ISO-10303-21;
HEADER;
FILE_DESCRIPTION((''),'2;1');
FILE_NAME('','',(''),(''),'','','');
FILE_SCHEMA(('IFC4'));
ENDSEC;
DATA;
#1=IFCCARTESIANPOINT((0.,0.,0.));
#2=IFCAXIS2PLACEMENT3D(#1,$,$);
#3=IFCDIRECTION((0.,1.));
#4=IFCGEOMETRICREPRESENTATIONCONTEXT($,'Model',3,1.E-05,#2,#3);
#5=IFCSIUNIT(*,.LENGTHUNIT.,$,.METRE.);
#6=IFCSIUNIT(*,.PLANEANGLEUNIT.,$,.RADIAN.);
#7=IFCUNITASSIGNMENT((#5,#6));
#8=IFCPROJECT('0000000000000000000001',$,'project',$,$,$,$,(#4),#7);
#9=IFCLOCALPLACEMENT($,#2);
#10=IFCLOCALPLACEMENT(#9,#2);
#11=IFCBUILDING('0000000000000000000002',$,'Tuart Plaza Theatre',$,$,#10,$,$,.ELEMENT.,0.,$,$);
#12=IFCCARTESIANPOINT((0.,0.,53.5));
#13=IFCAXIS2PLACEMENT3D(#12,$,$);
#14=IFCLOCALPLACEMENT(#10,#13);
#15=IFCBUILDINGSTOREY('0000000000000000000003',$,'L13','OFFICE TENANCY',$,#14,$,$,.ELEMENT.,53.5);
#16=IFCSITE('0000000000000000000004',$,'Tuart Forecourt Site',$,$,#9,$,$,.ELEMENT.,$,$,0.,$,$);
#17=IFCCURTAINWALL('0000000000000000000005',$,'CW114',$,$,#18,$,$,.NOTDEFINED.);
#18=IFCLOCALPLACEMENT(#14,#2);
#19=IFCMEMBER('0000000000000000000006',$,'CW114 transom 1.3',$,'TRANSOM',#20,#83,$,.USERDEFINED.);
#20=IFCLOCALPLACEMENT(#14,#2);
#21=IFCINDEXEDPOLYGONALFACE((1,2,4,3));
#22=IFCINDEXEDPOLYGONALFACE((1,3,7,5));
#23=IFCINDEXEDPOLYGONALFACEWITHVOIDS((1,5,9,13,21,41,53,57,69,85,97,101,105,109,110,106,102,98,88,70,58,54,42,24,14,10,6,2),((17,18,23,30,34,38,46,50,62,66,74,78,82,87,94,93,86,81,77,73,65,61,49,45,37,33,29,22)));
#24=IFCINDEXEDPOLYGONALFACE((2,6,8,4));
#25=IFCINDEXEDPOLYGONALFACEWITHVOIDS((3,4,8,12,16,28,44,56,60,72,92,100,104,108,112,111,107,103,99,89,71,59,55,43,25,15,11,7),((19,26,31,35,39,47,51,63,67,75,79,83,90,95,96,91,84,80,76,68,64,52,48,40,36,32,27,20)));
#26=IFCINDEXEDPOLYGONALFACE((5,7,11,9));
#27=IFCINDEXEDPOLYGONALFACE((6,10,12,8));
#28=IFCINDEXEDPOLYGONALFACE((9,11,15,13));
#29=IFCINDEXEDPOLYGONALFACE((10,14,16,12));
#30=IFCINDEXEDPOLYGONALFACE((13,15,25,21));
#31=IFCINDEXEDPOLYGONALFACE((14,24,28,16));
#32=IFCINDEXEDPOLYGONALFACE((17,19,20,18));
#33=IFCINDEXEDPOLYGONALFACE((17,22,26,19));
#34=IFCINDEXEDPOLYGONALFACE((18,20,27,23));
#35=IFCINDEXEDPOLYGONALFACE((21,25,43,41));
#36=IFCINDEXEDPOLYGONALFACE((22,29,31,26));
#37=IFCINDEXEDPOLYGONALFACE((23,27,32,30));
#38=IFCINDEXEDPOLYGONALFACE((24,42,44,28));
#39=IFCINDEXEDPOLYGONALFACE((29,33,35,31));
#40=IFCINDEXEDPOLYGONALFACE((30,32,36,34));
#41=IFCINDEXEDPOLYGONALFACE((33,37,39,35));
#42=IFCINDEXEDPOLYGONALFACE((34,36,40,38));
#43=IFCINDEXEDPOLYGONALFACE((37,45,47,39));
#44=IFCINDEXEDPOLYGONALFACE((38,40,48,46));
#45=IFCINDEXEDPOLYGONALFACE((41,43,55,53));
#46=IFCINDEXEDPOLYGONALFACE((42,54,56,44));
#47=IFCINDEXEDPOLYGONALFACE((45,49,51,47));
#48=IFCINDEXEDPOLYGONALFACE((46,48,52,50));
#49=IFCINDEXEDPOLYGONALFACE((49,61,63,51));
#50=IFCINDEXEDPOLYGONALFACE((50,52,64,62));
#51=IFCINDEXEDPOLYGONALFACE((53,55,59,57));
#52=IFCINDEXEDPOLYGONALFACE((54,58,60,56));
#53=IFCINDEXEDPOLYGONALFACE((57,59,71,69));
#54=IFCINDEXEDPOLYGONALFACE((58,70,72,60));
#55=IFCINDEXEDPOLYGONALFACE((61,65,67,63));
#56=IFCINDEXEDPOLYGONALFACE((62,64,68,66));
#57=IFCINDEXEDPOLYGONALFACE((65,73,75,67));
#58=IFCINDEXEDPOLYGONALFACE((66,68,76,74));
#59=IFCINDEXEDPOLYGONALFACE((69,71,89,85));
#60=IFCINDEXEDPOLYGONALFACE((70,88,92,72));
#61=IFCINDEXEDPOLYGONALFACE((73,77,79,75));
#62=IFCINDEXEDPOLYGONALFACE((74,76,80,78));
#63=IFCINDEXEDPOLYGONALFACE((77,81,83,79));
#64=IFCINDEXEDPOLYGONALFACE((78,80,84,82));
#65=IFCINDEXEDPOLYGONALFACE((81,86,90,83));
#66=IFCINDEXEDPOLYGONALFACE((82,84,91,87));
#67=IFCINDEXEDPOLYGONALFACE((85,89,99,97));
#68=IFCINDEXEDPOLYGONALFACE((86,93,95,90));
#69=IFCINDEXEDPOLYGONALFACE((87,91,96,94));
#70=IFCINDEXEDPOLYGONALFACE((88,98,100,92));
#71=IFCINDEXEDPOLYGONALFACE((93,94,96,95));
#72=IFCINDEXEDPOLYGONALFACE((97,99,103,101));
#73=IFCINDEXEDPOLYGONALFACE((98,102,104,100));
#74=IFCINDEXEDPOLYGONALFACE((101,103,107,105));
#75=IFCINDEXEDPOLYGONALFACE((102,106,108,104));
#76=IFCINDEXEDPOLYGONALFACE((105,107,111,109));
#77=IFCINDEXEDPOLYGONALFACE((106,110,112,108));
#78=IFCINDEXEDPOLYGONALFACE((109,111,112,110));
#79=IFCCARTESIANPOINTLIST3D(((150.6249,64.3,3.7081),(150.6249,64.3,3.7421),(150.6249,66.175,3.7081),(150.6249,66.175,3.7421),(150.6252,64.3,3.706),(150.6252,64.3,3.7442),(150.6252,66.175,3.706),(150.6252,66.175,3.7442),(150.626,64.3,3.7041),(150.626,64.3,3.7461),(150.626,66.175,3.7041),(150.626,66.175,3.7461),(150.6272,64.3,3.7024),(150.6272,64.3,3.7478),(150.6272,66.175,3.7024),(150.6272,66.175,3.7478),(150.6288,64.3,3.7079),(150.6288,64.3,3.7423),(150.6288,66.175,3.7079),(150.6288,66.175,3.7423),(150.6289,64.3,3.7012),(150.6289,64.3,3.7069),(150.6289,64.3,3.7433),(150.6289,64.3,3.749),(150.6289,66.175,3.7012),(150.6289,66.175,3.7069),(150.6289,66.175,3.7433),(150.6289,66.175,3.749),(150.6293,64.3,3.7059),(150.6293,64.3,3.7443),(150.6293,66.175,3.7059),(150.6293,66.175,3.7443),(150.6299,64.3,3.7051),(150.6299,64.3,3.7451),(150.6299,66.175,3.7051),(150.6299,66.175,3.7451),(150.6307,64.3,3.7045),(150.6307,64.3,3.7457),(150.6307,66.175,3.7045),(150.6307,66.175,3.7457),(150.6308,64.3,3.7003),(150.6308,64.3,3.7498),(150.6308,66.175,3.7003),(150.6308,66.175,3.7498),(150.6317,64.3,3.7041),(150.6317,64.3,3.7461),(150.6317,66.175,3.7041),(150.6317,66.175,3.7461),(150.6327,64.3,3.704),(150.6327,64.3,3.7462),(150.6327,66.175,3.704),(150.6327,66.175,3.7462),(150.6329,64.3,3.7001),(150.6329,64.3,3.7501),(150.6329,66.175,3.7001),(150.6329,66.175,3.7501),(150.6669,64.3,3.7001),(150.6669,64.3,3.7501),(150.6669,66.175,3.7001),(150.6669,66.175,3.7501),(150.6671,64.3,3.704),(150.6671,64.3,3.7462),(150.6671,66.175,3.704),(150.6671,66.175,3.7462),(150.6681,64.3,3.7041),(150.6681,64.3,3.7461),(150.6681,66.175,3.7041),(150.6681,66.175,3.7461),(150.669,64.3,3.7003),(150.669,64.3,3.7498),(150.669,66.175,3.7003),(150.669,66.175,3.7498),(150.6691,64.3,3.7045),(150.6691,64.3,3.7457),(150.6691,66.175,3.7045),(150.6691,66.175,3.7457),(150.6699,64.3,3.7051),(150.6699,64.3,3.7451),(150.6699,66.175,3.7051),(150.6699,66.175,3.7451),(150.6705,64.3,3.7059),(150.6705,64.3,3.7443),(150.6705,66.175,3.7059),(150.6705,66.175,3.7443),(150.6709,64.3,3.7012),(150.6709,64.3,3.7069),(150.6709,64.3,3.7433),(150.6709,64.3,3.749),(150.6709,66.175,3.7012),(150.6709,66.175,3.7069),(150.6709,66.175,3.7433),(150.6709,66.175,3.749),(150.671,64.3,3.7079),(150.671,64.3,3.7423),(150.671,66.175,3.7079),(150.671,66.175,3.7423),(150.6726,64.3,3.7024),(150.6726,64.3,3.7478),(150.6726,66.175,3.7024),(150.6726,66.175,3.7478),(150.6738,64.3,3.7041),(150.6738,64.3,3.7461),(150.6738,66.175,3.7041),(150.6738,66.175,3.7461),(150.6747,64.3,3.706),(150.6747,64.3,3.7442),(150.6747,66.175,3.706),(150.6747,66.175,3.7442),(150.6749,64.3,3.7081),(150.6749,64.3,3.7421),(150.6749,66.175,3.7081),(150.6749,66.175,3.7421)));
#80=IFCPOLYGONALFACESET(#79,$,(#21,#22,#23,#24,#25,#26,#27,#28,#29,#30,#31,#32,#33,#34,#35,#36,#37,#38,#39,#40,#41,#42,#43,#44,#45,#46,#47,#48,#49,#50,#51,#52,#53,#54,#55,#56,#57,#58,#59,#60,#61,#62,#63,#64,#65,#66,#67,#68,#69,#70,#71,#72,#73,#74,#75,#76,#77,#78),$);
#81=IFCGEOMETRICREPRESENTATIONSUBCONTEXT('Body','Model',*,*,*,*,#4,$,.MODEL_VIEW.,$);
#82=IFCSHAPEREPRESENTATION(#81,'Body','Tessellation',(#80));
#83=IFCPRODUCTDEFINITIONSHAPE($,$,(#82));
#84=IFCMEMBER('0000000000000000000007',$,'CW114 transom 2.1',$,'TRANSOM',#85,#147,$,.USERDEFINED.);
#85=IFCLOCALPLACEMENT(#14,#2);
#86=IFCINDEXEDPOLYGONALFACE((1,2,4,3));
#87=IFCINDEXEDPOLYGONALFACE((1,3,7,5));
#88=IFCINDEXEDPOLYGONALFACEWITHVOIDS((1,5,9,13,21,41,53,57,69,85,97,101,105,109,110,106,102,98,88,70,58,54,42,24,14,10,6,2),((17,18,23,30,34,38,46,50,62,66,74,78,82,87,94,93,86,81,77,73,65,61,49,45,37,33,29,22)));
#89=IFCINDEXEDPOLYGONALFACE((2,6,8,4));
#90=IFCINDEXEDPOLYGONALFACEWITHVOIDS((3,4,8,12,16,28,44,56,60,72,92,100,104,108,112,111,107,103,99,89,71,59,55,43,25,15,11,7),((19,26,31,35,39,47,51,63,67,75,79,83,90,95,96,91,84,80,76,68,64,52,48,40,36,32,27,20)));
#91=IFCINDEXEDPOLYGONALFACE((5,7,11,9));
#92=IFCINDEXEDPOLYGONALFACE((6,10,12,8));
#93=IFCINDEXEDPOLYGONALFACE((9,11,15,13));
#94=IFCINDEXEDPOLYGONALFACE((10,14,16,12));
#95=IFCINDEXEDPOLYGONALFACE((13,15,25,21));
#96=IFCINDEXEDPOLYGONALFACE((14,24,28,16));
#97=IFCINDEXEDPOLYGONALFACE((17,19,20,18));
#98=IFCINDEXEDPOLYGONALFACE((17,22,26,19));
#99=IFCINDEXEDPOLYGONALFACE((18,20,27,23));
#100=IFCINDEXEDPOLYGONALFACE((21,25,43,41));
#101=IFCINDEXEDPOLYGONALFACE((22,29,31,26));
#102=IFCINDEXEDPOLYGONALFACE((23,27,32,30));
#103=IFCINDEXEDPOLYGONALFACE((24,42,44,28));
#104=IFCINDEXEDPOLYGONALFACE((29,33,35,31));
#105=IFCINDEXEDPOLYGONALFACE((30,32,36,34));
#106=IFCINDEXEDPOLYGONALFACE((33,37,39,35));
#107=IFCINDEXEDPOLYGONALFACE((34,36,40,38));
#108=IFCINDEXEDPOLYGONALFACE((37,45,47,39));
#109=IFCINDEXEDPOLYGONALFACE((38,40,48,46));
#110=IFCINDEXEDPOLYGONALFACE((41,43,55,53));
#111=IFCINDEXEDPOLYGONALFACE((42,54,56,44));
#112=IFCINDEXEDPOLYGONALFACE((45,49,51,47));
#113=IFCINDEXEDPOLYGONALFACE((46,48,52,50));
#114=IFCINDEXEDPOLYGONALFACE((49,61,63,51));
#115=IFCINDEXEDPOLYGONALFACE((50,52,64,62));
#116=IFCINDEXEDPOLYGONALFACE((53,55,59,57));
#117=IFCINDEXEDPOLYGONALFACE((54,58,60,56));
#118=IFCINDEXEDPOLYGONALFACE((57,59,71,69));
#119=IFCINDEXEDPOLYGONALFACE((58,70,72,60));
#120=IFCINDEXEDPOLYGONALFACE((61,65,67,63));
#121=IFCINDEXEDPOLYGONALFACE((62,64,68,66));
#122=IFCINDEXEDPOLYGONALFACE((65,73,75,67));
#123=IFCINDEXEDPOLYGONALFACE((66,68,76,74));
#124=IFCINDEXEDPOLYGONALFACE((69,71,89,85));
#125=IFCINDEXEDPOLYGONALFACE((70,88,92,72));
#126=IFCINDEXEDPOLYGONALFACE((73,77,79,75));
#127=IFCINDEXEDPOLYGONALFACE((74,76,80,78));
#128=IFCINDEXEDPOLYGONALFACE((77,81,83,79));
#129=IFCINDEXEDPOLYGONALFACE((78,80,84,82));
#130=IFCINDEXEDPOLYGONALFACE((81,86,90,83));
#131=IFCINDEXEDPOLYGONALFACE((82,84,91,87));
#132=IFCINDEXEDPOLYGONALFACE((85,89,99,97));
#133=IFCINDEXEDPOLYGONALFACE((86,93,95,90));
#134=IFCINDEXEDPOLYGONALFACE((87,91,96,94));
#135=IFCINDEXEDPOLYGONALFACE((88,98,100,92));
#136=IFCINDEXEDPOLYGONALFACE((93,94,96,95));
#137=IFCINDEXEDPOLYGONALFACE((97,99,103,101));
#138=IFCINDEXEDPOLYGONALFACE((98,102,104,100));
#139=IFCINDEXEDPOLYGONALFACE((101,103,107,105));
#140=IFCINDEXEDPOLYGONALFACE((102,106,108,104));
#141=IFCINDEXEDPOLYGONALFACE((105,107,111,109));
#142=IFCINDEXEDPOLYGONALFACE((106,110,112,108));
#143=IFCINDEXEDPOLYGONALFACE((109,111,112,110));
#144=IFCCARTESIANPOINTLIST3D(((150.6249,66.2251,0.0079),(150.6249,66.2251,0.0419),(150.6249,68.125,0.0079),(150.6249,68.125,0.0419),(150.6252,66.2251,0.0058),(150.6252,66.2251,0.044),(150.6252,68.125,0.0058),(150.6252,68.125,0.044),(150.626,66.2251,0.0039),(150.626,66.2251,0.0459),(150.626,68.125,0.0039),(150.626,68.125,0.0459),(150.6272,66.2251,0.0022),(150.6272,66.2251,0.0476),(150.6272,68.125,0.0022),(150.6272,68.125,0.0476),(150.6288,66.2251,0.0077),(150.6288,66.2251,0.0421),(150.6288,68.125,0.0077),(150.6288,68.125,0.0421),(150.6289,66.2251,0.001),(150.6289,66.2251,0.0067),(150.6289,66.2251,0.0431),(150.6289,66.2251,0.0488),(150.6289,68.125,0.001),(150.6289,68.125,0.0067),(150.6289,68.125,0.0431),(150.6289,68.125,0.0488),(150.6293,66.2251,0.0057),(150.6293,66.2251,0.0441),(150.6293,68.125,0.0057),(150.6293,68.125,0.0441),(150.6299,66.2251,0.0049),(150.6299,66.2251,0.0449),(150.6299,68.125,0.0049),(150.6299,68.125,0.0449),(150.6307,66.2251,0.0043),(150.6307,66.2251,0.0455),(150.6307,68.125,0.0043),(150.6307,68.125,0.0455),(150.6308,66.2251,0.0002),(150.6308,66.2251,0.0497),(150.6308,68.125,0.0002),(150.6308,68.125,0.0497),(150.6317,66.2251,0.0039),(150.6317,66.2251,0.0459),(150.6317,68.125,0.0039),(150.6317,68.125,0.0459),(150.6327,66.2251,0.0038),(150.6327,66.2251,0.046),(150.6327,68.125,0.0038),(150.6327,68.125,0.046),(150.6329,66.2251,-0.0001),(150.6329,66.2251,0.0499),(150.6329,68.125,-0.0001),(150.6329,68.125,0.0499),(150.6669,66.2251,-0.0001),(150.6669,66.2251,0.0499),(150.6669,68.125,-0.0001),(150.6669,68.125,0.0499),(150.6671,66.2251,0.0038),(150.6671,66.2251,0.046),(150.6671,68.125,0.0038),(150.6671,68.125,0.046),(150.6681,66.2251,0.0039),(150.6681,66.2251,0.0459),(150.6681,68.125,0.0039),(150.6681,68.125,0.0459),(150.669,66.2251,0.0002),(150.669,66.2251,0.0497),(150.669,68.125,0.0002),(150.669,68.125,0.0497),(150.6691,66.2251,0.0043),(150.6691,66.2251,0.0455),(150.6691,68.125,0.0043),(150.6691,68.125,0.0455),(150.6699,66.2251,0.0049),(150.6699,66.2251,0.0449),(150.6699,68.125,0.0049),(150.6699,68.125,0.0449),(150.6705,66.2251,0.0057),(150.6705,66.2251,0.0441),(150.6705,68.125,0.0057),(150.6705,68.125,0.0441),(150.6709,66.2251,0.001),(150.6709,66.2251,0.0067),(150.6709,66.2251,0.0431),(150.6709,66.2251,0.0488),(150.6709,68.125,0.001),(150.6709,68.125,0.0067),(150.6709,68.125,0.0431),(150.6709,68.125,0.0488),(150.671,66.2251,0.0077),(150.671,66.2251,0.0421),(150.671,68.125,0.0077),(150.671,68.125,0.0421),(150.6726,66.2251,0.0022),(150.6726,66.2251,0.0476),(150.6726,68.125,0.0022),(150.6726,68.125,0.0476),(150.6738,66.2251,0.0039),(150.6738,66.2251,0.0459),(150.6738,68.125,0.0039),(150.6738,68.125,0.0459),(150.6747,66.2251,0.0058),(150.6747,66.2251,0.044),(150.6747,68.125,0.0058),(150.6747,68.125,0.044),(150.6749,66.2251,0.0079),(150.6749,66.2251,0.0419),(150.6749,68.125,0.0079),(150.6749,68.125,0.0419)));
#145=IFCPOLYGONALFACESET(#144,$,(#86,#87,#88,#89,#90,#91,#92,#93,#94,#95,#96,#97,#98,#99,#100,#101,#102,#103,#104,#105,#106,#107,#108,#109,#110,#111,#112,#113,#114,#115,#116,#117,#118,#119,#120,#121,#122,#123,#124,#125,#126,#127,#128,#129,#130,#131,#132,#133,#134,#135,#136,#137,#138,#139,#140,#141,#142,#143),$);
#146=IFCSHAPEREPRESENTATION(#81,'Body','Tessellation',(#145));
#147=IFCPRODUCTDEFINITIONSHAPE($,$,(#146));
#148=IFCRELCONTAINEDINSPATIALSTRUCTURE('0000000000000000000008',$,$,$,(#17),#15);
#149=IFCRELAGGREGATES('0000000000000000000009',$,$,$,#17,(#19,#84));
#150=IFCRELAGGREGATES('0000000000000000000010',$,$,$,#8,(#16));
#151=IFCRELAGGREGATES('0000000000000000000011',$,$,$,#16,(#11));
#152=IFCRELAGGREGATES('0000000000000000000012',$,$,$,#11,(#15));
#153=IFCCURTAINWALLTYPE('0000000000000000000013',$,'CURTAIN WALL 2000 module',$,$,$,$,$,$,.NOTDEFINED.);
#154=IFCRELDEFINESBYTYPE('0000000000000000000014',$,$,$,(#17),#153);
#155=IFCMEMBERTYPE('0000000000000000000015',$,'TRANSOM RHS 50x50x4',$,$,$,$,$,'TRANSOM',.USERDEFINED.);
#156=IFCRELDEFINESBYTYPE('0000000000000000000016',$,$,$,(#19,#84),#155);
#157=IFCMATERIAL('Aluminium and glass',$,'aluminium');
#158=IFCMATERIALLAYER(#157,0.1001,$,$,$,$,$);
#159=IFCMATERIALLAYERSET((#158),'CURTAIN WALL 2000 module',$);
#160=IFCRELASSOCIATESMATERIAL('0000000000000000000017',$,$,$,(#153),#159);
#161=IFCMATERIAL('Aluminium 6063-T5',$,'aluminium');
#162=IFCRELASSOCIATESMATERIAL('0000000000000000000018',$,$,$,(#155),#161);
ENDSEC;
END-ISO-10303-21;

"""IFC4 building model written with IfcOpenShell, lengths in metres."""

from ifc_helpers import new_model, si_unit, direction, frame, origin, origin_2d, place, context, subcontext, project, spatial, hollow_rectangle, extrude, material, layer, layer_set, material_profile, profile_set, type_object, element, aggregate, save


model = new_model("IFC4")

# Units and contexts
model_context = context("Model", 3, precision=1e-05, world=origin(), true_north=direction((0.0, 1.0)))
body_context = subcontext(model_context, "Body", "Model", "MODEL_VIEW")
ifc_project = project(units=[si_unit("LENGTHUNIT", "METRE"), si_unit("PLANEANGLEUNIT", "RADIAN")], contexts=[model_context])

# Site, building, storey
site_placement = place(None, origin())
site = spatial("IfcSite", under=ifc_project, at=site_placement, Name="Tuart Forecourt Site", CompositionType="ELEMENT", RefElevation=0.0)
building_placement = place(site_placement, origin())
building = spatial("IfcBuilding", under=site, at=building_placement, Name="Tuart Plaza Theatre", CompositionType="ELEMENT", ElevationOfRefHeight=0.0)
storey_placement = place(building_placement, frame((0.0, 0.0, 53.5)))
storey = spatial("IfcBuildingStorey", under=building, at=storey_placement, Name="L13", Description="OFFICE TENANCY", CompositionType="ELEMENT", Elevation=53.5)

# Shared definitions
ifc_material_1 = material(Name="Aluminium and glass", Category="aluminium")
ifc_layer_1 = layer(ifc_material_1, 0.1001)
ifc_layer_set_1 = layer_set([ifc_layer_1], Name="CURTAIN WALL 2000 module")
curtain_wall_type = type_object("IfcCurtainWallType", Name="CURTAIN WALL 2000 module", PredefinedType="NOTDEFINED", material=ifc_layer_set_1)

# Curtain wall, members
curtain_wall_1_placement = place(storey_placement, origin())
curtain_wall_1 = element("IfcCurtainWall", 1, at=curtain_wall_1_placement, inside=storey, type_object=curtain_wall_type, Name="CW114", PredefinedType="NOTDEFINED")
ifc_material_2 = material(Name="Aluminium 6063-T5", Category="aluminium")
ifc_material_profile_1 = material_profile(ifc_material_2, hollow_rectangle(XDim=0.05, YDim=0.05, WallThickness=0.0039, InnerFilletRadius=0.0039, OuterFilletRadius=0.0081, at=origin_2d()), Name="RHS 50x50x4")
ifc_profile_set_1 = profile_set([ifc_material_profile_1], Name="Aluminium 6063-T5")
member_type_1 = type_object("IfcMemberType", Name="TRANSOM RHS 50x50x4", ElementType="TRANSOM", PredefinedType="USERDEFINED", material=ifc_profile_set_1)
member_1_placement = place(storey_placement, frame((150.6499, 64.3, 3.7251), z_axis=(0.0, 1.0, 0.0), x_axis=(-1.0, 0.0, 0.0)))
member_1 = element("IfcMember", 2, at=member_1_placement, type_object=member_type_1, Name="CW114 transom 1.3", ObjectType="TRANSOM", PredefinedType="USERDEFINED", context=body_context, shape_type="SweptSolid", body=[
    extrude(hollow_rectangle(XDim=0.05, YDim=0.05, WallThickness=0.0039, InnerFilletRadius=0.0039, OuterFilletRadius=0.0081, at=origin_2d()), origin(), (0.0, 0.0, 1.0), 1.875),
])
member_2_placement = place(storey_placement, frame((150.6499, 66.2251, 0.0249), z_axis=(0.0, 1.0, 0.0), x_axis=(-1.0, 0.0, 0.0)))
member_2 = element("IfcMember", 3, at=member_2_placement, type_object=member_type_1, Name="CW114 transom 2.1", ObjectType="TRANSOM", PredefinedType="USERDEFINED", context=body_context, shape_type="SweptSolid", body=[
    extrude(hollow_rectangle(XDim=0.05, YDim=0.05, WallThickness=0.0039, InnerFilletRadius=0.0039, OuterFilletRadius=0.0081, at=origin_2d()), origin(), (0.0, 0.0, 1.0), 1.8999),
])

aggregate(curtain_wall_1, [member_1, member_2])

save(model, "model.ifc")
